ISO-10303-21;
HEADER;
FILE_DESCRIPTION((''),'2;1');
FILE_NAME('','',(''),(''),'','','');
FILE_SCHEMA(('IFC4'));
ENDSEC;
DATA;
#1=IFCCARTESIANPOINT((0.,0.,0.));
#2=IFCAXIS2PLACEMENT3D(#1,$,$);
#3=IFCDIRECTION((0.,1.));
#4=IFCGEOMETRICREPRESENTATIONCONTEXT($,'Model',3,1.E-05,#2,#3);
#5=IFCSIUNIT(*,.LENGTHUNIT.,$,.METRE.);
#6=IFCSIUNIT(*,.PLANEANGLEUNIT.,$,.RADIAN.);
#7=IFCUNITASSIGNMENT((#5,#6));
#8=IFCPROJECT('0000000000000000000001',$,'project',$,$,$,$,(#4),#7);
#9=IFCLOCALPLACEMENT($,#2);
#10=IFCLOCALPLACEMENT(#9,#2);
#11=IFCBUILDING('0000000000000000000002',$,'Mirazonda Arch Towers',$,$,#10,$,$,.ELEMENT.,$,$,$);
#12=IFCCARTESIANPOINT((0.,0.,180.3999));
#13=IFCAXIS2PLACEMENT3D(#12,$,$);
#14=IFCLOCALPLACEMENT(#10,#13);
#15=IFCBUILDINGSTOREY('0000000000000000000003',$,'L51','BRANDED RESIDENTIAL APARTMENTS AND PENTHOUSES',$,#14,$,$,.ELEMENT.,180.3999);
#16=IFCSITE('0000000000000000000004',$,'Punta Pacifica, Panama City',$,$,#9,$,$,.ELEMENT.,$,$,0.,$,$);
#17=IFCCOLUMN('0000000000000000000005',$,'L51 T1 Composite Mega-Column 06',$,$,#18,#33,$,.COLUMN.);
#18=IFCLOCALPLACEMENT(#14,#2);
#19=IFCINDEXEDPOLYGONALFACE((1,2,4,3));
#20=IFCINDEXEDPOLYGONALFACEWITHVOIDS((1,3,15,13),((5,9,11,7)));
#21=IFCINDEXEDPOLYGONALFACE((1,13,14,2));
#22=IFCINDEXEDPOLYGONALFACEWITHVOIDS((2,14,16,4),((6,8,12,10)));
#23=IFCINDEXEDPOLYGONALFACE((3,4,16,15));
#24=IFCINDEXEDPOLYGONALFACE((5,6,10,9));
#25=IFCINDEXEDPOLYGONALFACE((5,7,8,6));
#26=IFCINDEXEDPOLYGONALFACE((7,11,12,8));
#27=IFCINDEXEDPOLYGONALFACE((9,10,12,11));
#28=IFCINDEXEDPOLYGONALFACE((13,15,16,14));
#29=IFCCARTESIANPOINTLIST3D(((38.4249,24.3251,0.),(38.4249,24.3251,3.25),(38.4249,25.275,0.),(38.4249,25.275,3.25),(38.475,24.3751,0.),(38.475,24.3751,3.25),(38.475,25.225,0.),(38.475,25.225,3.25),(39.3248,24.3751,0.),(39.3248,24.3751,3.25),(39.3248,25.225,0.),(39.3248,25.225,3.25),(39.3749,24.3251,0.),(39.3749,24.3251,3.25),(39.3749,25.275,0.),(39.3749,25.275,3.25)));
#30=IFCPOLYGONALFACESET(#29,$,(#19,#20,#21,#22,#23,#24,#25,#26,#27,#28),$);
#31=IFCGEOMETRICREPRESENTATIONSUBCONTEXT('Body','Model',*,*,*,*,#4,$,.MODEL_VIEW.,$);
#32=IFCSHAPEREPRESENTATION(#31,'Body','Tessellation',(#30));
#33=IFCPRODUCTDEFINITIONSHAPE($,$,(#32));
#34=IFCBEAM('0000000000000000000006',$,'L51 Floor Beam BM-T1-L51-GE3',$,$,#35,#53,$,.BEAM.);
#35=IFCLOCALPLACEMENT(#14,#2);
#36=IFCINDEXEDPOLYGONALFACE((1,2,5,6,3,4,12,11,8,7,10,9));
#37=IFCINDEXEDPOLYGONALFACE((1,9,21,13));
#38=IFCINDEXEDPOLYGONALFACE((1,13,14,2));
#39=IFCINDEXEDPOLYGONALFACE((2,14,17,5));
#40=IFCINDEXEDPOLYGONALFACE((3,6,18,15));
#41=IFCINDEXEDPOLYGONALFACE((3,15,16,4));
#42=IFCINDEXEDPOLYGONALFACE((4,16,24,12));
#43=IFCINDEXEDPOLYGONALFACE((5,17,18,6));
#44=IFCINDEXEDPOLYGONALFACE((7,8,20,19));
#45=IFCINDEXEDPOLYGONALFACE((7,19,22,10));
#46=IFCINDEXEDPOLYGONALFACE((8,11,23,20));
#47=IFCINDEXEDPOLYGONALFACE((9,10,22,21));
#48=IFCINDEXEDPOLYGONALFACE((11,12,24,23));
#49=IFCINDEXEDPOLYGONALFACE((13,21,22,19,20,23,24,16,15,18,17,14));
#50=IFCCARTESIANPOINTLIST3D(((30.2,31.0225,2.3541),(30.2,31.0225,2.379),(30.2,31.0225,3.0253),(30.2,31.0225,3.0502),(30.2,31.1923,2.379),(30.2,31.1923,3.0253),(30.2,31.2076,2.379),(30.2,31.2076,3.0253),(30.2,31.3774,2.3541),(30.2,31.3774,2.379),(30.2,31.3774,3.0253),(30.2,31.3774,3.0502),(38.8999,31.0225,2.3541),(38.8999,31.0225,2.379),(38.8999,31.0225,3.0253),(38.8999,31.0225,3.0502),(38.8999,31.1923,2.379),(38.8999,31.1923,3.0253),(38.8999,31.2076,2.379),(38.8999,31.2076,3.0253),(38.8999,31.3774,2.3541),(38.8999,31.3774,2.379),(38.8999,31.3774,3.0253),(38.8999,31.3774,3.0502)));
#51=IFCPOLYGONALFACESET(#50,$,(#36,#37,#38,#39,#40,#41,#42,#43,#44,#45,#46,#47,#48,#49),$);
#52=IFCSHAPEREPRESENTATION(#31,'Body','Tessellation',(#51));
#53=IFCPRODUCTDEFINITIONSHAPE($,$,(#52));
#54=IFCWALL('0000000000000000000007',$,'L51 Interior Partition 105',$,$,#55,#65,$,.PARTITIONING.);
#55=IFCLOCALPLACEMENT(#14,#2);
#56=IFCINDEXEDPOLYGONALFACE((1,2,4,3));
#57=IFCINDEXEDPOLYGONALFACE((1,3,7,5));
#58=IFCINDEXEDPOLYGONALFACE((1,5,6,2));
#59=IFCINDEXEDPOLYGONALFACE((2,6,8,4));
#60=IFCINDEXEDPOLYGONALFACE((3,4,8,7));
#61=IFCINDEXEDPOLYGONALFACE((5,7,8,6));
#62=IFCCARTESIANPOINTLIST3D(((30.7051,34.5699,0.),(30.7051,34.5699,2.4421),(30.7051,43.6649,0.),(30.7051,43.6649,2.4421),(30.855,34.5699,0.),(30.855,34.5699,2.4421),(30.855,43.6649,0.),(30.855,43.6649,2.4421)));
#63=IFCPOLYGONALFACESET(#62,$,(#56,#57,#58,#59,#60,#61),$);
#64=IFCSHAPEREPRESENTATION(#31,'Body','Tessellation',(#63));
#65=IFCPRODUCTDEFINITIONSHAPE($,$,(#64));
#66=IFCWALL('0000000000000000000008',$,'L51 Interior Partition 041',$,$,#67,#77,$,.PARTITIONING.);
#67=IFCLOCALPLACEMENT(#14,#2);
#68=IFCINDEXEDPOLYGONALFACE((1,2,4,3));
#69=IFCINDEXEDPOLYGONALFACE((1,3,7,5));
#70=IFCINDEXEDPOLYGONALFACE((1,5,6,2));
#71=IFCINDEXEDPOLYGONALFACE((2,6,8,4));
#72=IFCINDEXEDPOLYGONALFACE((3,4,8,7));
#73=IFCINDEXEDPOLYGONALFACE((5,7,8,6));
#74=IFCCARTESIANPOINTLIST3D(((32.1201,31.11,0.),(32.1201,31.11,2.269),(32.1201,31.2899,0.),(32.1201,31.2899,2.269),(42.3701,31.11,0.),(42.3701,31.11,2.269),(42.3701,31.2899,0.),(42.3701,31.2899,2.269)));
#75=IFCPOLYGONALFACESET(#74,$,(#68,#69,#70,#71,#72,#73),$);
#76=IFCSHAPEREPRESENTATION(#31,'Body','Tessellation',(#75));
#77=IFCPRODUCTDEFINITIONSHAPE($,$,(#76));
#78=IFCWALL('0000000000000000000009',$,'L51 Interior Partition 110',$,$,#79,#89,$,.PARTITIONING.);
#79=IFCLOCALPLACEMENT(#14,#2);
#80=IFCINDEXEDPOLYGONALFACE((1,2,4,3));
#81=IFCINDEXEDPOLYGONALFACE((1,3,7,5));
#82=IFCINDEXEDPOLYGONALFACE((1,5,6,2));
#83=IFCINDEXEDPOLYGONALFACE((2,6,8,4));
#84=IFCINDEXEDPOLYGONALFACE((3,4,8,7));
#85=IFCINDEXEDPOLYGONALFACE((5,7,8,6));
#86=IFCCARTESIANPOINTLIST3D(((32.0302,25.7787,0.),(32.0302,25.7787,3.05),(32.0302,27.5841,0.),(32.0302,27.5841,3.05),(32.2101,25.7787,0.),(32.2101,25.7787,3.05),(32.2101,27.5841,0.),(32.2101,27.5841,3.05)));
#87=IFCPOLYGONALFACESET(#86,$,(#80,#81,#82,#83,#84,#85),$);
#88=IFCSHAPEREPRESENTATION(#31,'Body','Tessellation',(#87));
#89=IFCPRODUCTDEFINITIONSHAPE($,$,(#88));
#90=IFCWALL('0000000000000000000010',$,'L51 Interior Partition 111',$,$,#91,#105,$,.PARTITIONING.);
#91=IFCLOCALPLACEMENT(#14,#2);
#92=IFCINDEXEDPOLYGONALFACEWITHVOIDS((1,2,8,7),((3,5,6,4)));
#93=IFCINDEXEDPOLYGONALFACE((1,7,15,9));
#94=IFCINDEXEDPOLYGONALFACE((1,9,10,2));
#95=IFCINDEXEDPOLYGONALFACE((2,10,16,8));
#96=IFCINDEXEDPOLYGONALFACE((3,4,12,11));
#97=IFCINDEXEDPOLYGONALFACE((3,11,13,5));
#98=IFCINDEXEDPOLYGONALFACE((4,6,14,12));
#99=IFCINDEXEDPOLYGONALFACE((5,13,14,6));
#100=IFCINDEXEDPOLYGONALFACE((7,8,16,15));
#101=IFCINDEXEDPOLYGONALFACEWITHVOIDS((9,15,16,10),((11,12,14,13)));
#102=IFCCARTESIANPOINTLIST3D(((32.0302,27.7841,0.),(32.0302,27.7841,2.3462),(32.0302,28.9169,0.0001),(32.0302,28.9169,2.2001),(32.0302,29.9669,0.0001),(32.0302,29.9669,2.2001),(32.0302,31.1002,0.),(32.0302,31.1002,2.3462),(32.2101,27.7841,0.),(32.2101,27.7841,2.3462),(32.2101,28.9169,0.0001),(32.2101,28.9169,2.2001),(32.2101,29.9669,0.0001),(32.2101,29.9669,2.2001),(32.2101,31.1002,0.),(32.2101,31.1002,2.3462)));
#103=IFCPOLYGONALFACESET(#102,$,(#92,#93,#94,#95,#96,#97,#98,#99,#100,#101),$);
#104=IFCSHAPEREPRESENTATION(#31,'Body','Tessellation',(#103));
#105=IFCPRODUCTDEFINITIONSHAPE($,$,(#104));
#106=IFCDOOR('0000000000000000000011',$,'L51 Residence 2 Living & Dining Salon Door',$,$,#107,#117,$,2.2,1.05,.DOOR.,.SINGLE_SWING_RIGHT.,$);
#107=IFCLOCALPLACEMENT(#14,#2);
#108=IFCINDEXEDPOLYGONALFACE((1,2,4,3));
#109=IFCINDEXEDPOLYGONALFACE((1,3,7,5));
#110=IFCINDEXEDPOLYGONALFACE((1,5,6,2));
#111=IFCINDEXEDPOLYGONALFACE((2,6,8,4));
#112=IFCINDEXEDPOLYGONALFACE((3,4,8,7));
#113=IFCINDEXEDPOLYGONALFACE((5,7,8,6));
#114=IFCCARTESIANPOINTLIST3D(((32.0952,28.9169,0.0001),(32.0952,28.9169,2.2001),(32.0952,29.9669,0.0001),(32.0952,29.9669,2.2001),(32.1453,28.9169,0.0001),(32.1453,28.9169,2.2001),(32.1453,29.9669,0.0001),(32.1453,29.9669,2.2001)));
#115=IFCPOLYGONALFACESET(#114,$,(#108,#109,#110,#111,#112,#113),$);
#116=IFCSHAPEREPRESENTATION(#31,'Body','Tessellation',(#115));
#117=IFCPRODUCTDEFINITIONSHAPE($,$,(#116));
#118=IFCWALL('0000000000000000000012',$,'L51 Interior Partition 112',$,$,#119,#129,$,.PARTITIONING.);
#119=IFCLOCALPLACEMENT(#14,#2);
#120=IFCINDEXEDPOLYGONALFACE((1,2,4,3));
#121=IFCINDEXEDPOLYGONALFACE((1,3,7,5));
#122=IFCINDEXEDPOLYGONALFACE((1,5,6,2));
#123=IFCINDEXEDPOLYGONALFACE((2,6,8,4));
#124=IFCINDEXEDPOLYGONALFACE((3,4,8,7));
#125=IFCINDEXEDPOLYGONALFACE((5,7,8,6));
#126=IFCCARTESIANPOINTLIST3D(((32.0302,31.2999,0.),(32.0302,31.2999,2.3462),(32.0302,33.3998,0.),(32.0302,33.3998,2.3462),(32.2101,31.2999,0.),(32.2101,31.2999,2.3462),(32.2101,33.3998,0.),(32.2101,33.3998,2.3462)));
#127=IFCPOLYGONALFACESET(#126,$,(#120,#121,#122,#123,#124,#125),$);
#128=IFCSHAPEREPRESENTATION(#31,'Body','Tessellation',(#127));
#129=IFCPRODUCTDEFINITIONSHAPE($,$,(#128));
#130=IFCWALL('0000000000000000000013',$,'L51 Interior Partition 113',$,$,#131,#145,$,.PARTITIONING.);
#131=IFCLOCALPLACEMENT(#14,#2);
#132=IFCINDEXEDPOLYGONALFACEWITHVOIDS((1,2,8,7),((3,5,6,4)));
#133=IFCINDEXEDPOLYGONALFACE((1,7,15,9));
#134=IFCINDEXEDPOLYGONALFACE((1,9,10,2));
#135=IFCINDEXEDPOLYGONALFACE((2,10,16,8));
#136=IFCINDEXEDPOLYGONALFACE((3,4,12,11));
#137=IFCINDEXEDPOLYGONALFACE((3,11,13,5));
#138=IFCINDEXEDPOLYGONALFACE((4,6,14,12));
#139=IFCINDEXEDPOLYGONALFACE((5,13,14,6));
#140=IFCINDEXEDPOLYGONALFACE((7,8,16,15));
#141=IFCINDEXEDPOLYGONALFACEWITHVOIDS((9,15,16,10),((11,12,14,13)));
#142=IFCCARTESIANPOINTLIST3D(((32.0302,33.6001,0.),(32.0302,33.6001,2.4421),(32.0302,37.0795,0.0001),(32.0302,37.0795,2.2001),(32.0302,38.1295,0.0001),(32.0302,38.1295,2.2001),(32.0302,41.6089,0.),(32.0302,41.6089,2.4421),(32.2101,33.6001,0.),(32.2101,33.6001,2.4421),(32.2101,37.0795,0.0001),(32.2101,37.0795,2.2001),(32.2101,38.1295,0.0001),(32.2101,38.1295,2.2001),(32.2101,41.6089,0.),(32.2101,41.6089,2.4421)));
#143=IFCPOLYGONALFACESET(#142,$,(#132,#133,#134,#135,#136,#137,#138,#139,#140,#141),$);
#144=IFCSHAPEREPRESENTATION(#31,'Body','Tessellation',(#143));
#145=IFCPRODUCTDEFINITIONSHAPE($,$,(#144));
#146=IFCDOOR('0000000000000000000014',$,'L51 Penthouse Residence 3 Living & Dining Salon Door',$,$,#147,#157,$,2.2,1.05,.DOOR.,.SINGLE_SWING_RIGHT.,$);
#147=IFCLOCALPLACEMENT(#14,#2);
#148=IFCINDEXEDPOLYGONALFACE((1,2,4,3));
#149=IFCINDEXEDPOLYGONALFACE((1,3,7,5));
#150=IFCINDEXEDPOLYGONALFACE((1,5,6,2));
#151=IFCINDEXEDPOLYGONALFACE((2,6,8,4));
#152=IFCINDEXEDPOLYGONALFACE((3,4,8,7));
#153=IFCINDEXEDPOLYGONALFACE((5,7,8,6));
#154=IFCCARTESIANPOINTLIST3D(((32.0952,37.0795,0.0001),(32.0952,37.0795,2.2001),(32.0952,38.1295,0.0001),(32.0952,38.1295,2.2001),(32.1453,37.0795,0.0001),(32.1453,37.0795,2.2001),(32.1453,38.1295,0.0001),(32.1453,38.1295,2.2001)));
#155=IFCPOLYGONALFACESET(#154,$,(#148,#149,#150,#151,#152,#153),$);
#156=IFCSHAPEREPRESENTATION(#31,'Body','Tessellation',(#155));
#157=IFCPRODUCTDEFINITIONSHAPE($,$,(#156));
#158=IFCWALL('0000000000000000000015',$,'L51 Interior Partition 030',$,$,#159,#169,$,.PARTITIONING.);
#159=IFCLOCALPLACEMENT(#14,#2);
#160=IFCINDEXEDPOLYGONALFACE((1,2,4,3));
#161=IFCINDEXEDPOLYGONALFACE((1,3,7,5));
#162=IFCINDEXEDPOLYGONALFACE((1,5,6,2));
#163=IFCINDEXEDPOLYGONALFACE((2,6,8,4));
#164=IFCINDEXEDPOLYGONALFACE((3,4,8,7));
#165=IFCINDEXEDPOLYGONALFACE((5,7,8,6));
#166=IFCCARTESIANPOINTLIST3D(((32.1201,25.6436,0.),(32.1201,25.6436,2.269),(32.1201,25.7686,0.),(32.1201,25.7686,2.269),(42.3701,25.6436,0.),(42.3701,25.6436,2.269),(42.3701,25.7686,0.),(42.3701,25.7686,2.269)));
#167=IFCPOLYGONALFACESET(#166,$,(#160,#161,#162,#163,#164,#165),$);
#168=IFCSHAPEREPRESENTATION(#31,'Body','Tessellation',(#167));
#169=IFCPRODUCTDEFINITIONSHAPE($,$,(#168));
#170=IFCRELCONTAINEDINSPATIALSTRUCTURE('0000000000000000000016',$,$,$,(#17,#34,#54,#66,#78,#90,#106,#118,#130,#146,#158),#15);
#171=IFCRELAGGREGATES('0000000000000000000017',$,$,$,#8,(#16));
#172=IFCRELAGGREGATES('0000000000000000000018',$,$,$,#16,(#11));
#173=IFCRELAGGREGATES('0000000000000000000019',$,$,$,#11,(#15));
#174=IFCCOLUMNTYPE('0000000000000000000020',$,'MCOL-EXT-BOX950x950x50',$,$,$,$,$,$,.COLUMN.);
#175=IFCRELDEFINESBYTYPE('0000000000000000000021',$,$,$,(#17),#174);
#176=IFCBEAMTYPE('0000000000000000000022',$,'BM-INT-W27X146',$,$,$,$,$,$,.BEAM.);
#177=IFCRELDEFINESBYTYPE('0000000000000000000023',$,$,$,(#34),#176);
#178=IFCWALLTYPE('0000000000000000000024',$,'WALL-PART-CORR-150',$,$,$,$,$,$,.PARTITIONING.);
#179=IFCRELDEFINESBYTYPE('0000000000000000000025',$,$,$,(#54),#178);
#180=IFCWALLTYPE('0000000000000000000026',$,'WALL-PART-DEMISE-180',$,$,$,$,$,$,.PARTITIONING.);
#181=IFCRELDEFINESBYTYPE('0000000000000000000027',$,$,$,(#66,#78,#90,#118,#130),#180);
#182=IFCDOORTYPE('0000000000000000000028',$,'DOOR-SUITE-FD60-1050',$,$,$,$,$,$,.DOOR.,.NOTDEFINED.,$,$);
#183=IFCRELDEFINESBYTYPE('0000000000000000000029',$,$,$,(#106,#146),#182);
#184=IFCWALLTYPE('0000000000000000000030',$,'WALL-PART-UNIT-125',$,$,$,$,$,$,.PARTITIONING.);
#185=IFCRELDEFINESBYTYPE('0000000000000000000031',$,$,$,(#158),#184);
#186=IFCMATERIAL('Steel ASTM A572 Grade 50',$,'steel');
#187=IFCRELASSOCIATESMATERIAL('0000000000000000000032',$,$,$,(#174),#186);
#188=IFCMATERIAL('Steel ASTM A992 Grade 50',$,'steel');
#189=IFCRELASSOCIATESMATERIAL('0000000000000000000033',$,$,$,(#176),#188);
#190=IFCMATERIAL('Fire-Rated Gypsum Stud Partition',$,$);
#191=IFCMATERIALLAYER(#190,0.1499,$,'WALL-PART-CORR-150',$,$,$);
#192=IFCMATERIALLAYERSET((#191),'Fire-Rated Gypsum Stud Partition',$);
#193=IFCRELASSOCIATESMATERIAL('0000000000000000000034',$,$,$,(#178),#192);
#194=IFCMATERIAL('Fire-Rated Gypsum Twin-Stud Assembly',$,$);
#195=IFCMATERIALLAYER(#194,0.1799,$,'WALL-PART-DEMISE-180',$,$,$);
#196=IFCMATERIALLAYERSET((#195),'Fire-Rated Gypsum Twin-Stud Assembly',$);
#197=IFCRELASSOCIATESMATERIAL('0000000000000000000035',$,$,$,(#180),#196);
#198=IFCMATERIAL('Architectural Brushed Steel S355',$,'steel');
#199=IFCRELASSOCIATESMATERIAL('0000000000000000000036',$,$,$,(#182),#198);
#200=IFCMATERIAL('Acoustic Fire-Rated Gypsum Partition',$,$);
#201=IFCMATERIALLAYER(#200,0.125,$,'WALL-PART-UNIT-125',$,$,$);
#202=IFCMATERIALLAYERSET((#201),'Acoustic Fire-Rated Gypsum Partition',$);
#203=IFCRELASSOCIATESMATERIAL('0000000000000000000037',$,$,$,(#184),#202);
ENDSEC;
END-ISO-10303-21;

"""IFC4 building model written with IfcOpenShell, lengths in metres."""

from ifc_helpers import new_model, si_unit, direction, frame, frame_2d, origin, origin_2d, place, context, subcontext, project, spatial, rectangle, hollow_rectangle, i_section, extrude, material, layer, layer_set, material_profile, profile_set, type_object, element, fill, save


model = new_model("IFC4")

# Units and contexts
model_context = context("Model", 3, precision=1e-05, world=origin(), true_north=direction((0.0, 1.0)))
body_context = subcontext(model_context, "Body", "Model", "MODEL_VIEW")
ifc_project = project(units=[si_unit("LENGTHUNIT", "METRE"), si_unit("PLANEANGLEUNIT", "RADIAN")], contexts=[model_context])

# Site, building, storey
site_placement = place(None, origin())
site = spatial("IfcSite", under=ifc_project, at=site_placement, Name="Punta Pacifica, Panama City", CompositionType="ELEMENT", RefElevation=0.0)
building_placement = place(site_placement, origin())
building = spatial("IfcBuilding", under=site, at=building_placement, Name="Mirazonda Arch Towers", CompositionType="ELEMENT")
storey_placement = place(building_placement, frame((0.0, 0.0, 180.3999)))
storey = spatial("IfcBuildingStorey", under=building, at=storey_placement, Name="L51", Description="BRANDED RESIDENTIAL APARTMENTS AND PENTHOUSES", CompositionType="ELEMENT", Elevation=180.3999)

# Column
ifc_material_1 = material(Name="Steel ASTM A572 Grade 50", Category="steel")
ifc_material_profile_1 = material_profile(ifc_material_1, hollow_rectangle(XDim=0.95, YDim=0.95, WallThickness=0.05, at=origin_2d()), Name="BOX950x950x50")
ifc_profile_set_1 = profile_set([ifc_material_profile_1], Name="Steel ASTM A572 Grade 50")
column_type = type_object("IfcColumnType", Name="MCOL-EXT-BOX950x950x50", PredefinedType="COLUMN", material=ifc_profile_set_1)
column_placement = place(storey_placement, frame((38.8999, 24.8, 0.0), z_axis=(0.0, 0.0, 1.0), x_axis=(1.0, 0.0, 0.0)))
element("IfcColumn", 1, at=column_placement, inside=storey, type_object=column_type, Name="L51 T1 Composite Mega-Column 06", PredefinedType="COLUMN", context=body_context, shape_type="SweptSolid", body=[
    extrude(hollow_rectangle(XDim=0.95, YDim=0.95, WallThickness=0.05, at=origin_2d()), origin(), (0.0, 0.0, 1.0), 3.25),
])

# Beam
ifc_material_2 = material(Name="Steel ASTM A992 Grade 50", Category="steel")
ifc_material_profile_2 = material_profile(ifc_material_2, i_section(OverallWidth=0.355, OverallDepth=0.696, WebThickness=0.0154, FlangeThickness=0.0249, at=origin_2d()), Name="W27X146")
ifc_profile_set_2 = profile_set([ifc_material_profile_2], Name="Steel ASTM A992 Grade 50")
beam_type = type_object("IfcBeamType", Name="BM-INT-W27X146", PredefinedType="BEAM", material=ifc_profile_set_2)
beam_placement = place(storey_placement, frame((30.2, 31.2, 2.7021), z_axis=(1.0, 0.0, 0.0), x_axis=(0.0, 1.0, 0.0)))
element("IfcBeam", 2, at=beam_placement, inside=storey, type_object=beam_type, Name="L51 Floor Beam BM-T1-L51-GE3", PredefinedType="BEAM", context=body_context, shape_type="SweptSolid", body=[
    extrude(i_section(OverallWidth=0.355, OverallDepth=0.696, WebThickness=0.0154, FlangeThickness=0.0249, at=origin_2d()), origin(), (0.0, 0.0, 1.0), 8.7),
])

# Wall
ifc_material_3 = material(Name="Fire-Rated Gypsum Stud Partition")
ifc_layer_1 = layer(ifc_material_3, 0.1499, Name="WALL-PART-CORR-150")
ifc_layer_set_1 = layer_set([ifc_layer_1], Name="Fire-Rated Gypsum Stud Partition")
wall_type_1 = type_object("IfcWallType", Name="WALL-PART-CORR-150", PredefinedType="PARTITIONING", material=ifc_layer_set_1)
wall_1_placement = place(storey_placement, frame((30.78, 34.5701, 0.0), z_axis=(0.0, 0.0, 1.0), x_axis=(0.0, 1.0, 0.0)))
element("IfcWall", 3, at=wall_1_placement, inside=storey, type_object=wall_type_1, Name="L51 Interior Partition 105", PredefinedType="PARTITIONING", context=body_context, shape_type="SweptSolid", body=[
    extrude(rectangle(XDim=9.095, YDim=0.1499, at=frame_2d((4.5474, 0.0))), origin(), (0.0, 0.0, 1.0), 2.4421),
])

# Shared definitions
ifc_material_4 = material(Name="Fire-Rated Gypsum Twin-Stud Assembly")
ifc_layer_2 = layer(ifc_material_4, 0.1799, Name="WALL-PART-DEMISE-180")
ifc_layer_set_2 = layer_set([ifc_layer_2], Name="Fire-Rated Gypsum Twin-Stud Assembly")
wall_type_2 = type_object("IfcWallType", Name="WALL-PART-DEMISE-180", PredefinedType="PARTITIONING", material=ifc_layer_set_2)
ifc_material_5 = material(Name="Architectural Brushed Steel S355", Category="steel")

# Wall
wall_2_placement = place(storey_placement, frame((32.1201, 31.2, 0.0), z_axis=(0.0, 0.0, 1.0), x_axis=(1.0, 0.0, 0.0)))
element("IfcWall", 4, at=wall_2_placement, inside=storey, type_object=wall_type_2, Name="L51 Interior Partition 041", PredefinedType="PARTITIONING", context=body_context, shape_type="SweptSolid", body=[
    extrude(rectangle(XDim=10.25, YDim=0.1799, at=frame_2d((5.125, 0.0))), origin(), (0.0, 0.0, 1.0), 2.269),
])

# Wall
wall_3_placement = place(storey_placement, frame((32.1201, 25.7786, 0.0), z_axis=(0.0, 0.0, 1.0), x_axis=(0.0, 1.0, 0.0)))
element("IfcWall", 5, at=wall_3_placement, inside=storey, type_object=wall_type_2, Name="L51 Interior Partition 110", PredefinedType="PARTITIONING", context=body_context, shape_type="SweptSolid", body=[
    extrude(rectangle(XDim=1.8054, YDim=0.1799, at=frame_2d((0.9028, 0.0))), origin(), (0.0, 0.0, 1.0), 3.05),
])

# Wall, opening, door
wall_4_placement = place(storey_placement, frame((32.1201, 27.7839, 0.0), z_axis=(0.0, 0.0, 1.0), x_axis=(0.0, 1.0, 0.0)))
wall_4 = element("IfcWall", 6, at=wall_4_placement, inside=storey, type_object=wall_type_2, Name="L51 Interior Partition 111", PredefinedType="PARTITIONING", context=body_context, shape_type="SweptSolid", body=[
    extrude(rectangle(XDim=3.3162, YDim=0.1799, at=frame_2d((1.6582, 0.0))), origin(), (0.0, 0.0, 1.0), 2.3462),
])
opening_1_placement = place(wall_4_placement, frame((1.1331, 0.0, 0.0)))
opening_1 = element("IfcOpeningElement", 7, at=opening_1_placement, cuts=wall_4, PredefinedType="OPENING", context=body_context, shape_type="SweptSolid", body=[
    extrude(rectangle(XDim=1.05, YDim=2.2, at=frame_2d((0.5249, 1.1001))), frame((0.0, 0.0999, 0.0), z_axis=(0.0, -1.0, 0.0), x_axis=(1.0, 0.0, 0.0)), (0.0, 0.0, 1.0), 0.2),
])
door_type_1 = type_object("IfcDoorType", Name="DOOR-SUITE-FD60-1050", OperationType="NOTDEFINED", PredefinedType="DOOR", material=ifc_material_5)
door_1_placement = place(opening_1_placement, origin())
door_1 = element("IfcDoor", 8, at=door_1_placement, inside=storey, type_object=door_type_1, Name="L51 Residence 2 Living & Dining Salon Door", OperationType="SINGLE_SWING_RIGHT", OverallHeight=2.2, OverallWidth=1.05, PredefinedType="DOOR", context=body_context, shape_type="SweptSolid", body=[
    extrude(rectangle(XDim=1.05, YDim=2.2, at=frame_2d((0.5249, 1.1001))), frame((0.0, 0.0249, 0.0), z_axis=(0.0, -1.0, 0.0), x_axis=(1.0, 0.0, 0.0)), (0.0, 0.0, 1.0), 0.05),
])
fill(opening_1, door_1)

# Wall
wall_5_placement = place(storey_placement, frame((32.1201, 31.3, 0.0), z_axis=(0.0, 0.0, 1.0), x_axis=(0.0, 1.0, 0.0)))
element("IfcWall", 9, at=wall_5_placement, inside=storey, type_object=wall_type_2, Name="L51 Interior Partition 112", PredefinedType="PARTITIONING", context=body_context, shape_type="SweptSolid", body=[
    extrude(rectangle(XDim=2.0999, YDim=0.1799, at=frame_2d((1.0498, 0.0))), origin(), (0.0, 0.0, 1.0), 2.3462),
])

# Wall, opening, door
wall_6_placement = place(storey_placement, frame((32.1201, 33.6001, 0.0), z_axis=(0.0, 0.0, 1.0), x_axis=(0.0, 1.0, 0.0)))
wall_6 = element("IfcWall", 10, at=wall_6_placement, inside=storey, type_object=wall_type_2, Name="L51 Interior Partition 113", PredefinedType="PARTITIONING", context=body_context, shape_type="SweptSolid", body=[
    extrude(rectangle(XDim=8.0088, YDim=0.1799, at=frame_2d((4.0044, 0.0))), origin(), (0.0, 0.0, 1.0), 2.4421),
])
opening_2_placement = place(wall_6_placement, frame((3.4795, 0.0, 0.0)))
opening_2 = element("IfcOpeningElement", 11, at=opening_2_placement, cuts=wall_6, PredefinedType="OPENING", context=body_context, shape_type="SweptSolid", body=[
    extrude(rectangle(XDim=1.05, YDim=2.2, at=frame_2d((0.5249, 1.1001))), frame((0.0, 0.0999, 0.0), z_axis=(0.0, -1.0, 0.0), x_axis=(1.0, 0.0, 0.0)), (0.0, 0.0, 1.0), 0.2),
])
door_2_placement = place(opening_2_placement, origin())
door_2 = element("IfcDoor", 12, at=door_2_placement, inside=storey, type_object=door_type_1, Name="L51 Penthouse Residence 3 Living & Dining Salon Door", OperationType="SINGLE_SWING_RIGHT", OverallHeight=2.2, OverallWidth=1.05, PredefinedType="DOOR", context=body_context, shape_type="SweptSolid", body=[
    extrude(rectangle(XDim=1.05, YDim=2.2, at=frame_2d((0.5249, 1.1001))), frame((0.0, 0.0249, 0.0), z_axis=(0.0, -1.0, 0.0), x_axis=(1.0, 0.0, 0.0)), (0.0, 0.0, 1.0), 0.05),
])
fill(opening_2, door_2)

# Wall
ifc_material_6 = material(Name="Acoustic Fire-Rated Gypsum Partition")
ifc_layer_3 = layer(ifc_material_6, 0.125, Name="WALL-PART-UNIT-125")
ifc_layer_set_3 = layer_set([ifc_layer_3], Name="Acoustic Fire-Rated Gypsum Partition")
wall_type_3 = type_object("IfcWallType", Name="WALL-PART-UNIT-125", PredefinedType="PARTITIONING", material=ifc_layer_set_3)
wall_7_placement = place(storey_placement, frame((32.1201, 25.7061, 0.0), z_axis=(0.0, 0.0, 1.0), x_axis=(1.0, 0.0, 0.0)))
element("IfcWall", 13, at=wall_7_placement, inside=storey, type_object=wall_type_3, Name="L51 Interior Partition 030", PredefinedType="PARTITIONING", context=body_context, shape_type="SweptSolid", body=[
    extrude(rectangle(XDim=10.25, YDim=0.125, at=frame_2d((5.125, 0.0))), origin(), (0.0, 0.0, 1.0), 2.269),
])

save(model, "model.ifc")
